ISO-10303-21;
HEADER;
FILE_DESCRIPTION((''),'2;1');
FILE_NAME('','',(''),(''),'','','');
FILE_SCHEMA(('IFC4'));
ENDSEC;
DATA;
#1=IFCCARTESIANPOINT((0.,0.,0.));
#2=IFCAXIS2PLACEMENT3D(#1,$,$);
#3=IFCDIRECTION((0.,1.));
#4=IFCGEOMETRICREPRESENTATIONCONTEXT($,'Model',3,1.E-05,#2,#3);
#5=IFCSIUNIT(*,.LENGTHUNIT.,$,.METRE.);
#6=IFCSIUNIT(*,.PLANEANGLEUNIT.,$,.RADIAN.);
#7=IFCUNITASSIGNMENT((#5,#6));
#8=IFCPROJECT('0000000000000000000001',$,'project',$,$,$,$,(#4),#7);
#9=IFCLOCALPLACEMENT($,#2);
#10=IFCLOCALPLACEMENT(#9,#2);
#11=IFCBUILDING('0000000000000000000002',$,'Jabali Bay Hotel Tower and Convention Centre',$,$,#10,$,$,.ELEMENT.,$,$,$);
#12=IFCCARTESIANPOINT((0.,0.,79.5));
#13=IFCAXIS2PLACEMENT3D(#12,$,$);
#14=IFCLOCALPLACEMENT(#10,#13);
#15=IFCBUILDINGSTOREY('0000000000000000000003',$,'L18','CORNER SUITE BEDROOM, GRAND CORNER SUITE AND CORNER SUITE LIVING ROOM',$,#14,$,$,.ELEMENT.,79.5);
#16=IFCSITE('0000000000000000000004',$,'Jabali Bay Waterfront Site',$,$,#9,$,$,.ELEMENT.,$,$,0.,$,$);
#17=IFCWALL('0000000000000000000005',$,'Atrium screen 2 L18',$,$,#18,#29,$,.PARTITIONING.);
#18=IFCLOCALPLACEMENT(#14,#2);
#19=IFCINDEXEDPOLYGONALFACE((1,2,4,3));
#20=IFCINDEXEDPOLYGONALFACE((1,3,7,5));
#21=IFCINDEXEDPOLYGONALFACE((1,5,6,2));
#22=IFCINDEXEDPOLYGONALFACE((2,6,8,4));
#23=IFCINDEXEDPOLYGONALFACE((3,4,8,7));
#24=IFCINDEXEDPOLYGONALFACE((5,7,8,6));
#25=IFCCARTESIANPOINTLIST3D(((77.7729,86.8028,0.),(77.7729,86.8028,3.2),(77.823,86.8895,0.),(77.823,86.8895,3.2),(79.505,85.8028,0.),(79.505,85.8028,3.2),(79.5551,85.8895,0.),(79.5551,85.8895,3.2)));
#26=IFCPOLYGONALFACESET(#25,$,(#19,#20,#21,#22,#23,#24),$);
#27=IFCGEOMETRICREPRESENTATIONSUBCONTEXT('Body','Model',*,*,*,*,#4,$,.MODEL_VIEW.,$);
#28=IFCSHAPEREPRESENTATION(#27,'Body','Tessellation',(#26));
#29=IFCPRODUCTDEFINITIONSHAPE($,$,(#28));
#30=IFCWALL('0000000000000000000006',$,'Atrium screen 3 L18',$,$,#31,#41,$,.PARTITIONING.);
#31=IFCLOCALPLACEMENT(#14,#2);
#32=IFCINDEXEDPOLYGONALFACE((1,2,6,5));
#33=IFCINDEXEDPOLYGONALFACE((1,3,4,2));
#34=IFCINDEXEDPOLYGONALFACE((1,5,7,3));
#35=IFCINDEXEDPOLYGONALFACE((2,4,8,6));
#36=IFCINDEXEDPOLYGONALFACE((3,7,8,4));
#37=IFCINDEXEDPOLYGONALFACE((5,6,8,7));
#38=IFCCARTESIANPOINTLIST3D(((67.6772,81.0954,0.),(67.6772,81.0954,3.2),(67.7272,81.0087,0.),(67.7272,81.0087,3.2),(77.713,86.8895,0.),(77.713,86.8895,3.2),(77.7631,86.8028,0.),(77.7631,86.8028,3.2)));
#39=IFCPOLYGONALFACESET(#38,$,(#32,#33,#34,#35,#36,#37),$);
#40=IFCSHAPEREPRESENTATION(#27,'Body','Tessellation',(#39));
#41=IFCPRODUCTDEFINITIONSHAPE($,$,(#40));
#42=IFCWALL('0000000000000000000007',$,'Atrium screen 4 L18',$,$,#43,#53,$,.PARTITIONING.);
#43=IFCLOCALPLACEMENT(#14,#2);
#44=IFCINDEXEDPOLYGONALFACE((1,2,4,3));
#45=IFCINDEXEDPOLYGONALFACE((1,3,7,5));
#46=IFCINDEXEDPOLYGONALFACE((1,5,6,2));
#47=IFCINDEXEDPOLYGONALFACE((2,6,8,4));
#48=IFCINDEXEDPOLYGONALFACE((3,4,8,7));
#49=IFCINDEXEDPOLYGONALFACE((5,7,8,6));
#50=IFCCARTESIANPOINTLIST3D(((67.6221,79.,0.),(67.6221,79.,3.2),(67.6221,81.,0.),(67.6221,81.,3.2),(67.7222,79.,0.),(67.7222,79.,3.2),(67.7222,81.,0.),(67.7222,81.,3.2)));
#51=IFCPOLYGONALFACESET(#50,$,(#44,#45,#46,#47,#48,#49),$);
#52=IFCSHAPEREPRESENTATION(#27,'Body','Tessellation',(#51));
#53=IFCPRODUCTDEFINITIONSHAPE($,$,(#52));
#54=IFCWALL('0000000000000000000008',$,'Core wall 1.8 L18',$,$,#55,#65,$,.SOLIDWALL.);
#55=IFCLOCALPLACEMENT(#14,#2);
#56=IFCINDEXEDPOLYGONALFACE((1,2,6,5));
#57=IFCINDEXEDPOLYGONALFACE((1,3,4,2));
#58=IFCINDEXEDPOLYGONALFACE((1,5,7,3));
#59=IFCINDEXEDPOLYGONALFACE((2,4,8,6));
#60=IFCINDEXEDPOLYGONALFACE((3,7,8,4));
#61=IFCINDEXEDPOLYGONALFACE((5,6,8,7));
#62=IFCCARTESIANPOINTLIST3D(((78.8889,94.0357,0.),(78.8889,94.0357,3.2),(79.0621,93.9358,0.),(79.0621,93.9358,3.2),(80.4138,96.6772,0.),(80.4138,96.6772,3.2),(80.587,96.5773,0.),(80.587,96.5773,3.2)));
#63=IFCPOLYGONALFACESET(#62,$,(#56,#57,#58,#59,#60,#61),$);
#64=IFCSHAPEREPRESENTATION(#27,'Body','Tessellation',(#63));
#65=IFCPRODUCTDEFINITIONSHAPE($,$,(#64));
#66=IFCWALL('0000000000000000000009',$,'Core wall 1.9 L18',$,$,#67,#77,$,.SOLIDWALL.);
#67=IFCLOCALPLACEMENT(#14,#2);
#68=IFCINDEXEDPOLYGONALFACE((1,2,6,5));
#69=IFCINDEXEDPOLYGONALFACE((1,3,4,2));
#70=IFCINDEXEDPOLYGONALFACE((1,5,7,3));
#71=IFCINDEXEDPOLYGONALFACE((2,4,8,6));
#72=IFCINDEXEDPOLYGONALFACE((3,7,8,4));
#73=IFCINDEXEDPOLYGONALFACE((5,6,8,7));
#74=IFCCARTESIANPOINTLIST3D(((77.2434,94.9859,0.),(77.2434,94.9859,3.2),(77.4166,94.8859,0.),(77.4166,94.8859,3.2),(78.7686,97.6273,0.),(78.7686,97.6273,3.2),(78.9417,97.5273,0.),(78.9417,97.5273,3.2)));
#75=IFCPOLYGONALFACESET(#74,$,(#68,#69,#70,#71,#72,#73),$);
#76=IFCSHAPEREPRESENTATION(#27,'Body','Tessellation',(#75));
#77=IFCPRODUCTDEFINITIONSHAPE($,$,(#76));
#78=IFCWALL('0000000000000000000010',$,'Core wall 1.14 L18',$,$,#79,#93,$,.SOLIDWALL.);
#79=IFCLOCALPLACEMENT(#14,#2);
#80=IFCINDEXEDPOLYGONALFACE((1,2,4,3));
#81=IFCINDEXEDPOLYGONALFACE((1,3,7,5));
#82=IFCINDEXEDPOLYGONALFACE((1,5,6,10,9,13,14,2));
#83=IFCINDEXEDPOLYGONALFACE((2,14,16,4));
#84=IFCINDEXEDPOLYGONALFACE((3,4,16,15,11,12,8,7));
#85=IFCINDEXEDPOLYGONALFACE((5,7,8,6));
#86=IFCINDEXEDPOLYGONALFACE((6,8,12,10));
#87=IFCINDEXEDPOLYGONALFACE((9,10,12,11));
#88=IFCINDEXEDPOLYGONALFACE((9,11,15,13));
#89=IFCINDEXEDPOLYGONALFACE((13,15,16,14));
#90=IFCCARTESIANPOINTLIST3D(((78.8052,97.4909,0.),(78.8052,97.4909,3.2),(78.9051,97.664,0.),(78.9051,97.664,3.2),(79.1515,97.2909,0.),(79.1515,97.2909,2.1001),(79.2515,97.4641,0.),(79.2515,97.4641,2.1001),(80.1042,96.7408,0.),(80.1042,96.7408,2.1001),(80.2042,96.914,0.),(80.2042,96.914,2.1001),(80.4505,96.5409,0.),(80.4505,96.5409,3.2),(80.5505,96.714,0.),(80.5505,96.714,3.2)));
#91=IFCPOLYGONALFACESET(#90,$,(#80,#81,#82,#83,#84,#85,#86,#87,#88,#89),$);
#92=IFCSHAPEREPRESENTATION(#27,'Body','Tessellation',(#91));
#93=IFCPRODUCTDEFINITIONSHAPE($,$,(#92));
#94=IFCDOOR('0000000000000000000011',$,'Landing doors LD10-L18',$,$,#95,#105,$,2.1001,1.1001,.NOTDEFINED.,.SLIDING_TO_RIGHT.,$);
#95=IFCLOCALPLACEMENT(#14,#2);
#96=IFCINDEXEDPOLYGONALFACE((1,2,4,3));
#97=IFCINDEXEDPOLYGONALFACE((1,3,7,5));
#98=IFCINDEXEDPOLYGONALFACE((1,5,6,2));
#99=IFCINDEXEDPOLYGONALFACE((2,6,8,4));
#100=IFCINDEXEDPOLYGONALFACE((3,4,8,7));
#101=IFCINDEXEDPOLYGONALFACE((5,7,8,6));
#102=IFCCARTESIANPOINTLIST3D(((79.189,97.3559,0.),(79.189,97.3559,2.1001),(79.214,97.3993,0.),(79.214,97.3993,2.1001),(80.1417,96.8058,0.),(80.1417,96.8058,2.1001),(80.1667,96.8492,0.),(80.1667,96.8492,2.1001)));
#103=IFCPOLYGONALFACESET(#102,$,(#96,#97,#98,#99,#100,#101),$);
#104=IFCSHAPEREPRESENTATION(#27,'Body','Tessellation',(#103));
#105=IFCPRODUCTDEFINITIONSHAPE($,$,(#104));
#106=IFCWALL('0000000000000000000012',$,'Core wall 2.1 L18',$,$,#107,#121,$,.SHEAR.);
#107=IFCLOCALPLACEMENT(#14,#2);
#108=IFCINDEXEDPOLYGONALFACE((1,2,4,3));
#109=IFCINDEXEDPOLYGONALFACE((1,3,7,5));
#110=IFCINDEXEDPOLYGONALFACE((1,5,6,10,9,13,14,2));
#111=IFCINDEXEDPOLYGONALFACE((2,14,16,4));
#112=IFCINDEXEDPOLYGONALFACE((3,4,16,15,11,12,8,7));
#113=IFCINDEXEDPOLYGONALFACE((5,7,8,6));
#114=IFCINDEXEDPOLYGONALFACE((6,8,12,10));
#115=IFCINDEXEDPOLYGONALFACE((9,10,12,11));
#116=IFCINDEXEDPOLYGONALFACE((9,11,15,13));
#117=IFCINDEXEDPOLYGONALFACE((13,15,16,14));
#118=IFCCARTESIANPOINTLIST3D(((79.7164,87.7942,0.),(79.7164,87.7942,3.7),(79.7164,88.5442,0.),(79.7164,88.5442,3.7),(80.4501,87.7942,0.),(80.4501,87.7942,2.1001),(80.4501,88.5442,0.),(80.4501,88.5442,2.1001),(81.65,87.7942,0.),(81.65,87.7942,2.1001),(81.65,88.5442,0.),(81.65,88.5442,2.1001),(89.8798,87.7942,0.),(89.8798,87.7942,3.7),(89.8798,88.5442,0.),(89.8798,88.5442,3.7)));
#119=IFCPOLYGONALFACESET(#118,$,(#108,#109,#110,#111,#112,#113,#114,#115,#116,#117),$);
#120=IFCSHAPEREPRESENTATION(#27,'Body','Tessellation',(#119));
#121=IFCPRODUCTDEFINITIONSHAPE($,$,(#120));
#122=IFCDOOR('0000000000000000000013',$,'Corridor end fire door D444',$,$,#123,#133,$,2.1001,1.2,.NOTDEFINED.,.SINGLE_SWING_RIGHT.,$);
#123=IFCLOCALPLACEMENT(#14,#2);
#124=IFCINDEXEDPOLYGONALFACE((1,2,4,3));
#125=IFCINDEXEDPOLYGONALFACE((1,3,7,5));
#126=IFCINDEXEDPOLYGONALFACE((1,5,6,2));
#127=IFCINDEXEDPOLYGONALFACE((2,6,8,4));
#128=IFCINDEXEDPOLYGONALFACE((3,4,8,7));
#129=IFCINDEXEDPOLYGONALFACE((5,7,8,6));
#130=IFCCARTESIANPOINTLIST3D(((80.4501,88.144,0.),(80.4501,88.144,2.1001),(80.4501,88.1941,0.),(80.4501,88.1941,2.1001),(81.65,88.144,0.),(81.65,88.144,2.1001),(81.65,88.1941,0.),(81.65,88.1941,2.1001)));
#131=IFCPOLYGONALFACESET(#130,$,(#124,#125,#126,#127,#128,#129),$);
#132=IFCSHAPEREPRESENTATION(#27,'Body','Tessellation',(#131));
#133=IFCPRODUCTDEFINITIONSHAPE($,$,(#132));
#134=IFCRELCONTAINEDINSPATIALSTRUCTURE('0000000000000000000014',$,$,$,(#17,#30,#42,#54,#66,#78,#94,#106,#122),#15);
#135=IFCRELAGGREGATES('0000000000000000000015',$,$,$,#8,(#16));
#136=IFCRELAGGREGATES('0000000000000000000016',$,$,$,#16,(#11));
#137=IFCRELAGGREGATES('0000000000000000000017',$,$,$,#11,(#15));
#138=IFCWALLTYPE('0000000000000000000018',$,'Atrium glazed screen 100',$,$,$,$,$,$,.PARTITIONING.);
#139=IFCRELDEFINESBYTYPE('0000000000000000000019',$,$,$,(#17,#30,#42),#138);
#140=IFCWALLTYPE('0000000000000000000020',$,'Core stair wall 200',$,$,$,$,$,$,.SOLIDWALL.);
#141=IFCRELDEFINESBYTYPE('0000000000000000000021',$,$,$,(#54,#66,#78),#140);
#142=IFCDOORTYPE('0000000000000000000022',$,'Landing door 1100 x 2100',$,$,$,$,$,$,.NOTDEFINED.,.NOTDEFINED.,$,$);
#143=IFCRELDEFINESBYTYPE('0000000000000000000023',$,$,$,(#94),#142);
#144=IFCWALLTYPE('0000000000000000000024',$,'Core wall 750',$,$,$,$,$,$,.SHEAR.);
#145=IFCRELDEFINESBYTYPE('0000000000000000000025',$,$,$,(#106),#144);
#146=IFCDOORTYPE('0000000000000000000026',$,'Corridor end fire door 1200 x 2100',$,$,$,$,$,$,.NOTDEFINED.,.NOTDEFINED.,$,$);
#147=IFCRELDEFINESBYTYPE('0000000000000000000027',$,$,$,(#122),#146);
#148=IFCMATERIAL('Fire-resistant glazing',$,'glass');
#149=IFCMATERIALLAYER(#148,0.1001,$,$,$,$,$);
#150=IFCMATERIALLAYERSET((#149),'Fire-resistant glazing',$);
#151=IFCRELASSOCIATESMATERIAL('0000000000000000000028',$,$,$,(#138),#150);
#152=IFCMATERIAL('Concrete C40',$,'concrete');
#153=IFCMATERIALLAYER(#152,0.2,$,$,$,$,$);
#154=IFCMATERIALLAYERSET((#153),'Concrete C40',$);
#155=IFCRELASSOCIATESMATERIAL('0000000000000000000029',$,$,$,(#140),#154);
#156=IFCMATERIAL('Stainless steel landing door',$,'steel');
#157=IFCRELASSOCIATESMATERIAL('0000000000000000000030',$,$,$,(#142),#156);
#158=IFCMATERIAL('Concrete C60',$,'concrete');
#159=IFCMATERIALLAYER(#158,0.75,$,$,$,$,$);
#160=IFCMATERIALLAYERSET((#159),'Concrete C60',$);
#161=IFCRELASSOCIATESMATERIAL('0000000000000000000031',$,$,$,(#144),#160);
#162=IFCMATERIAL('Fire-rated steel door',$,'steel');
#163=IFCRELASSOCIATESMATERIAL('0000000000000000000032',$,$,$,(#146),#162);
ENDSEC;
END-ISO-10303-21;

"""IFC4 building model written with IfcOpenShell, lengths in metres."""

from ifc_helpers import new_model, si_unit, direction, frame, frame_2d, origin, place, context, subcontext, project, spatial, rectangle, extrude, material, layer, layer_set, type_object, element, fill, save


model = new_model("IFC4")

# Units and contexts
model_context = context("Model", 3, precision=1e-05, world=origin(), true_north=direction((0.0, 1.0)))
body_context = subcontext(model_context, "Body", "Model", "MODEL_VIEW")
ifc_project = project(units=[si_unit("LENGTHUNIT", "METRE"), si_unit("PLANEANGLEUNIT", "RADIAN")], contexts=[model_context])

# Site, building, storey
site_placement = place(None, origin())
site = spatial("IfcSite", under=ifc_project, at=site_placement, Name="Jabali Bay Waterfront Site", CompositionType="ELEMENT", RefElevation=0.0)
building_placement = place(site_placement, origin())
building = spatial("IfcBuilding", under=site, at=building_placement, Name="Jabali Bay Hotel Tower and Convention Centre", CompositionType="ELEMENT")
storey_placement = place(building_placement, frame((0.0, 0.0, 79.5)))
storey = spatial("IfcBuildingStorey", under=building, at=storey_placement, Name="L18", Description="CORNER SUITE BEDROOM, GRAND CORNER SUITE AND CORNER SUITE LIVING ROOM", CompositionType="ELEMENT", Elevation=79.5)

# Walls
ifc_material_1 = material(Name="Fire-resistant glazing", Category="glass")
ifc_layer_1 = layer(ifc_material_1, 0.1001)
ifc_layer_set_1 = layer_set([ifc_layer_1], Name="Fire-resistant glazing")
wall_type_1 = type_object("IfcWallType", Name="Atrium glazed screen 100", PredefinedType="PARTITIONING", material=ifc_layer_set_1)
wall_1_placement = place(storey_placement, frame((79.53, 85.8462, 0.0), z_axis=(0.0, 0.0, 1.0), x_axis=(-0.866041, 0.499973, 0.0)))
element("IfcWall", 1, at=wall_1_placement, inside=storey, type_object=wall_type_1, Name="Atrium screen 2 L18", PredefinedType="PARTITIONING", context=body_context, shape_type="SweptSolid", body=[
    extrude(rectangle(XDim=2.0, YDim=0.1001, at=frame_2d((1.0, 0.0))), origin(), (0.0, 0.0, 1.0), 3.2),
])
wall_2_placement = place(storey_placement, frame((77.738, 86.8462, 0.0), z_axis=(0.0, 0.0, 1.0), x_axis=(-0.866027, -0.499998, 0.0)))
element("IfcWall", 2, at=wall_2_placement, inside=storey, type_object=wall_type_1, Name="Atrium screen 3 L18", PredefinedType="PARTITIONING", context=body_context, shape_type="SweptSolid", body=[
    extrude(rectangle(XDim=11.5884, YDim=0.1001, at=frame_2d((5.7942, 0.0))), origin(), (0.0, 0.0, 1.0), 3.2),
])
wall_3_placement = place(storey_placement, frame((67.6721, 81.0, 0.0), z_axis=(0.0, 0.0, 1.0), x_axis=(0.0, -1.0, 0.0)))
element("IfcWall", 3, at=wall_3_placement, inside=storey, type_object=wall_type_1, Name="Atrium screen 4 L18", PredefinedType="PARTITIONING", context=body_context, shape_type="SweptSolid", body=[
    extrude(rectangle(XDim=2.0, YDim=0.1001, at=frame_2d((1.0, 0.0))), origin(), (0.0, 0.0, 1.0), 3.2),
])
ifc_material_2 = material(Name="Concrete C40", Category="concrete")
ifc_layer_2 = layer(ifc_material_2, 0.2)
ifc_layer_set_2 = layer_set([ifc_layer_2], Name="Concrete C40")
wall_type_2 = type_object("IfcWallType", Name="Core stair wall 200", PredefinedType="SOLIDWALL", material=ifc_layer_set_2)
for number, where, z_axis, x_axis, name in (
    (4, (78.9756, 93.9858, 0.0), (0.0, 0.0, 1.0), (0.499944, 0.866058, 0.0), "Core wall 1.8 L18"),
    (5, (77.3301, 94.936, 0.0), (0.0, 0.0, 1.0), (0.500039, 0.866003, 0.0), "Core wall 1.9 L18"),
):
    element("IfcWall", number, at=place(storey_placement, frame(where, z_axis=z_axis, x_axis=x_axis)), inside=storey, type_object=wall_type_2, Name=name, PredefinedType="SOLIDWALL", context=body_context, shape_type="SweptSolid", body=[
        extrude(rectangle(XDim=3.05, YDim=0.2, at=frame_2d((1.5249, 0.0))), origin(), (0.0, 0.0, 1.0), 3.2),
    ])

# Walls, openings, doors
wall_4_placement = place(storey_placement, frame((80.5005, 96.6274, 0.0), z_axis=(0.0, 0.0, 1.0), x_axis=(-0.866012, 0.500023, 0.0)))
wall_4 = element("IfcWall", 6, at=wall_4_placement, inside=storey, type_object=wall_type_2, Name="Core wall 1.14 L18", PredefinedType="SOLIDWALL", context=body_context, shape_type="SweptSolid", body=[
    extrude(rectangle(XDim=1.8999, YDim=0.2, at=frame_2d((0.95, 0.0))), origin(), (0.0, 0.0, 1.0), 3.2),
])
opening_1_placement = place(wall_4_placement, frame((0.3999, 0.0, 0.0)))
opening_1 = element("IfcOpeningElement", 7, at=opening_1_placement, cuts=wall_4, PredefinedType="OPENING", context=body_context, shape_type="SweptSolid", body=[
    extrude(rectangle(XDim=1.1001, YDim=2.1001, at=frame_2d((0.55, 1.05))), frame((0.0, 0.1104, 0.0), z_axis=(0.0, -1.0, 0.0), x_axis=(1.0, 0.0, 0.0)), (0.0, 0.0, 1.0), 0.2209),
])
ifc_material_3 = material(Name="Stainless steel landing door", Category="steel")
door_type_1 = type_object("IfcDoorType", Name="Landing door 1100 x 2100", OperationType="NOTDEFINED", PredefinedType="NOTDEFINED", material=ifc_material_3)
door_1_placement = place(opening_1_placement, origin())
door_1 = element("IfcDoor", 8, at=door_1_placement, inside=storey, type_object=door_type_1, Name="Landing doors LD10-L18", OperationType="SLIDING_TO_RIGHT", OverallHeight=2.1001, OverallWidth=1.1001, PredefinedType="NOTDEFINED", context=body_context, shape_type="SweptSolid", body=[
    extrude(rectangle(XDim=1.1001, YDim=2.1001, at=frame_2d((0.55, 1.05))), frame((0.0, 0.0249, 0.0), z_axis=(0.0, -1.0, 0.0), x_axis=(1.0, 0.0, 0.0)), (0.0, 0.0, 1.0), 0.05),
])
fill(opening_1, door_1)
ifc_material_4 = material(Name="Concrete C60", Category="concrete")
ifc_layer_3 = layer(ifc_material_4, 0.75)
ifc_layer_set_3 = layer_set([ifc_layer_3], Name="Concrete C60")
wall_type_3 = type_object("IfcWallType", Name="Core wall 750", PredefinedType="SHEAR", material=ifc_layer_set_3)
wall_5_placement = place(storey_placement, frame((79.7166, 88.1692, 0.0), z_axis=(0.0, 0.0, 1.0), x_axis=(1.0, 0.0, 0.0)))
wall_5 = element("IfcWall", 9, at=wall_5_placement, inside=storey, type_object=wall_type_3, Name="Core wall 2.1 L18", PredefinedType="SHEAR", context=body_context, shape_type="SweptSolid", body=[
    extrude(rectangle(XDim=10.1633, YDim=0.75, at=frame_2d((5.0815, 0.0))), origin(), (0.0, 0.0, 1.0), 3.7),
])
opening_2_placement = place(wall_5_placement, frame((0.7334, 0.0, 0.0)))
opening_2 = element("IfcOpeningElement", 10, at=opening_2_placement, cuts=wall_5, PredefinedType="OPENING", context=body_context, shape_type="SweptSolid", body=[
    extrude(rectangle(XDim=1.2, YDim=2.1001, at=frame_2d((0.6001, 1.05))), frame((0.0, 0.3855, 0.0), z_axis=(0.0, -1.0, 0.0), x_axis=(1.0, 0.0, 0.0)), (0.0, 0.0, 1.0), 0.771),
])
ifc_material_5 = material(Name="Fire-rated steel door", Category="steel")
door_type_2 = type_object("IfcDoorType", Name="Corridor end fire door 1200 x 2100", OperationType="NOTDEFINED", PredefinedType="NOTDEFINED", material=ifc_material_5)
door_2_placement = place(opening_2_placement, origin())
door_2 = element("IfcDoor", 11, at=door_2_placement, inside=storey, type_object=door_type_2, Name="Corridor end fire door D444", OperationType="SINGLE_SWING_RIGHT", OverallHeight=2.1001, OverallWidth=1.2, PredefinedType="NOTDEFINED", context=body_context, shape_type="SweptSolid", body=[
    extrude(rectangle(XDim=1.2, YDim=2.1001, at=frame_2d((0.6001, 1.05))), frame((0.0, 0.0249, 0.0), z_axis=(0.0, -1.0, 0.0), x_axis=(1.0, 0.0, 0.0)), (0.0, 0.0, 1.0), 0.05),
])
fill(opening_2, door_2)

save(model, "model.ifc")
